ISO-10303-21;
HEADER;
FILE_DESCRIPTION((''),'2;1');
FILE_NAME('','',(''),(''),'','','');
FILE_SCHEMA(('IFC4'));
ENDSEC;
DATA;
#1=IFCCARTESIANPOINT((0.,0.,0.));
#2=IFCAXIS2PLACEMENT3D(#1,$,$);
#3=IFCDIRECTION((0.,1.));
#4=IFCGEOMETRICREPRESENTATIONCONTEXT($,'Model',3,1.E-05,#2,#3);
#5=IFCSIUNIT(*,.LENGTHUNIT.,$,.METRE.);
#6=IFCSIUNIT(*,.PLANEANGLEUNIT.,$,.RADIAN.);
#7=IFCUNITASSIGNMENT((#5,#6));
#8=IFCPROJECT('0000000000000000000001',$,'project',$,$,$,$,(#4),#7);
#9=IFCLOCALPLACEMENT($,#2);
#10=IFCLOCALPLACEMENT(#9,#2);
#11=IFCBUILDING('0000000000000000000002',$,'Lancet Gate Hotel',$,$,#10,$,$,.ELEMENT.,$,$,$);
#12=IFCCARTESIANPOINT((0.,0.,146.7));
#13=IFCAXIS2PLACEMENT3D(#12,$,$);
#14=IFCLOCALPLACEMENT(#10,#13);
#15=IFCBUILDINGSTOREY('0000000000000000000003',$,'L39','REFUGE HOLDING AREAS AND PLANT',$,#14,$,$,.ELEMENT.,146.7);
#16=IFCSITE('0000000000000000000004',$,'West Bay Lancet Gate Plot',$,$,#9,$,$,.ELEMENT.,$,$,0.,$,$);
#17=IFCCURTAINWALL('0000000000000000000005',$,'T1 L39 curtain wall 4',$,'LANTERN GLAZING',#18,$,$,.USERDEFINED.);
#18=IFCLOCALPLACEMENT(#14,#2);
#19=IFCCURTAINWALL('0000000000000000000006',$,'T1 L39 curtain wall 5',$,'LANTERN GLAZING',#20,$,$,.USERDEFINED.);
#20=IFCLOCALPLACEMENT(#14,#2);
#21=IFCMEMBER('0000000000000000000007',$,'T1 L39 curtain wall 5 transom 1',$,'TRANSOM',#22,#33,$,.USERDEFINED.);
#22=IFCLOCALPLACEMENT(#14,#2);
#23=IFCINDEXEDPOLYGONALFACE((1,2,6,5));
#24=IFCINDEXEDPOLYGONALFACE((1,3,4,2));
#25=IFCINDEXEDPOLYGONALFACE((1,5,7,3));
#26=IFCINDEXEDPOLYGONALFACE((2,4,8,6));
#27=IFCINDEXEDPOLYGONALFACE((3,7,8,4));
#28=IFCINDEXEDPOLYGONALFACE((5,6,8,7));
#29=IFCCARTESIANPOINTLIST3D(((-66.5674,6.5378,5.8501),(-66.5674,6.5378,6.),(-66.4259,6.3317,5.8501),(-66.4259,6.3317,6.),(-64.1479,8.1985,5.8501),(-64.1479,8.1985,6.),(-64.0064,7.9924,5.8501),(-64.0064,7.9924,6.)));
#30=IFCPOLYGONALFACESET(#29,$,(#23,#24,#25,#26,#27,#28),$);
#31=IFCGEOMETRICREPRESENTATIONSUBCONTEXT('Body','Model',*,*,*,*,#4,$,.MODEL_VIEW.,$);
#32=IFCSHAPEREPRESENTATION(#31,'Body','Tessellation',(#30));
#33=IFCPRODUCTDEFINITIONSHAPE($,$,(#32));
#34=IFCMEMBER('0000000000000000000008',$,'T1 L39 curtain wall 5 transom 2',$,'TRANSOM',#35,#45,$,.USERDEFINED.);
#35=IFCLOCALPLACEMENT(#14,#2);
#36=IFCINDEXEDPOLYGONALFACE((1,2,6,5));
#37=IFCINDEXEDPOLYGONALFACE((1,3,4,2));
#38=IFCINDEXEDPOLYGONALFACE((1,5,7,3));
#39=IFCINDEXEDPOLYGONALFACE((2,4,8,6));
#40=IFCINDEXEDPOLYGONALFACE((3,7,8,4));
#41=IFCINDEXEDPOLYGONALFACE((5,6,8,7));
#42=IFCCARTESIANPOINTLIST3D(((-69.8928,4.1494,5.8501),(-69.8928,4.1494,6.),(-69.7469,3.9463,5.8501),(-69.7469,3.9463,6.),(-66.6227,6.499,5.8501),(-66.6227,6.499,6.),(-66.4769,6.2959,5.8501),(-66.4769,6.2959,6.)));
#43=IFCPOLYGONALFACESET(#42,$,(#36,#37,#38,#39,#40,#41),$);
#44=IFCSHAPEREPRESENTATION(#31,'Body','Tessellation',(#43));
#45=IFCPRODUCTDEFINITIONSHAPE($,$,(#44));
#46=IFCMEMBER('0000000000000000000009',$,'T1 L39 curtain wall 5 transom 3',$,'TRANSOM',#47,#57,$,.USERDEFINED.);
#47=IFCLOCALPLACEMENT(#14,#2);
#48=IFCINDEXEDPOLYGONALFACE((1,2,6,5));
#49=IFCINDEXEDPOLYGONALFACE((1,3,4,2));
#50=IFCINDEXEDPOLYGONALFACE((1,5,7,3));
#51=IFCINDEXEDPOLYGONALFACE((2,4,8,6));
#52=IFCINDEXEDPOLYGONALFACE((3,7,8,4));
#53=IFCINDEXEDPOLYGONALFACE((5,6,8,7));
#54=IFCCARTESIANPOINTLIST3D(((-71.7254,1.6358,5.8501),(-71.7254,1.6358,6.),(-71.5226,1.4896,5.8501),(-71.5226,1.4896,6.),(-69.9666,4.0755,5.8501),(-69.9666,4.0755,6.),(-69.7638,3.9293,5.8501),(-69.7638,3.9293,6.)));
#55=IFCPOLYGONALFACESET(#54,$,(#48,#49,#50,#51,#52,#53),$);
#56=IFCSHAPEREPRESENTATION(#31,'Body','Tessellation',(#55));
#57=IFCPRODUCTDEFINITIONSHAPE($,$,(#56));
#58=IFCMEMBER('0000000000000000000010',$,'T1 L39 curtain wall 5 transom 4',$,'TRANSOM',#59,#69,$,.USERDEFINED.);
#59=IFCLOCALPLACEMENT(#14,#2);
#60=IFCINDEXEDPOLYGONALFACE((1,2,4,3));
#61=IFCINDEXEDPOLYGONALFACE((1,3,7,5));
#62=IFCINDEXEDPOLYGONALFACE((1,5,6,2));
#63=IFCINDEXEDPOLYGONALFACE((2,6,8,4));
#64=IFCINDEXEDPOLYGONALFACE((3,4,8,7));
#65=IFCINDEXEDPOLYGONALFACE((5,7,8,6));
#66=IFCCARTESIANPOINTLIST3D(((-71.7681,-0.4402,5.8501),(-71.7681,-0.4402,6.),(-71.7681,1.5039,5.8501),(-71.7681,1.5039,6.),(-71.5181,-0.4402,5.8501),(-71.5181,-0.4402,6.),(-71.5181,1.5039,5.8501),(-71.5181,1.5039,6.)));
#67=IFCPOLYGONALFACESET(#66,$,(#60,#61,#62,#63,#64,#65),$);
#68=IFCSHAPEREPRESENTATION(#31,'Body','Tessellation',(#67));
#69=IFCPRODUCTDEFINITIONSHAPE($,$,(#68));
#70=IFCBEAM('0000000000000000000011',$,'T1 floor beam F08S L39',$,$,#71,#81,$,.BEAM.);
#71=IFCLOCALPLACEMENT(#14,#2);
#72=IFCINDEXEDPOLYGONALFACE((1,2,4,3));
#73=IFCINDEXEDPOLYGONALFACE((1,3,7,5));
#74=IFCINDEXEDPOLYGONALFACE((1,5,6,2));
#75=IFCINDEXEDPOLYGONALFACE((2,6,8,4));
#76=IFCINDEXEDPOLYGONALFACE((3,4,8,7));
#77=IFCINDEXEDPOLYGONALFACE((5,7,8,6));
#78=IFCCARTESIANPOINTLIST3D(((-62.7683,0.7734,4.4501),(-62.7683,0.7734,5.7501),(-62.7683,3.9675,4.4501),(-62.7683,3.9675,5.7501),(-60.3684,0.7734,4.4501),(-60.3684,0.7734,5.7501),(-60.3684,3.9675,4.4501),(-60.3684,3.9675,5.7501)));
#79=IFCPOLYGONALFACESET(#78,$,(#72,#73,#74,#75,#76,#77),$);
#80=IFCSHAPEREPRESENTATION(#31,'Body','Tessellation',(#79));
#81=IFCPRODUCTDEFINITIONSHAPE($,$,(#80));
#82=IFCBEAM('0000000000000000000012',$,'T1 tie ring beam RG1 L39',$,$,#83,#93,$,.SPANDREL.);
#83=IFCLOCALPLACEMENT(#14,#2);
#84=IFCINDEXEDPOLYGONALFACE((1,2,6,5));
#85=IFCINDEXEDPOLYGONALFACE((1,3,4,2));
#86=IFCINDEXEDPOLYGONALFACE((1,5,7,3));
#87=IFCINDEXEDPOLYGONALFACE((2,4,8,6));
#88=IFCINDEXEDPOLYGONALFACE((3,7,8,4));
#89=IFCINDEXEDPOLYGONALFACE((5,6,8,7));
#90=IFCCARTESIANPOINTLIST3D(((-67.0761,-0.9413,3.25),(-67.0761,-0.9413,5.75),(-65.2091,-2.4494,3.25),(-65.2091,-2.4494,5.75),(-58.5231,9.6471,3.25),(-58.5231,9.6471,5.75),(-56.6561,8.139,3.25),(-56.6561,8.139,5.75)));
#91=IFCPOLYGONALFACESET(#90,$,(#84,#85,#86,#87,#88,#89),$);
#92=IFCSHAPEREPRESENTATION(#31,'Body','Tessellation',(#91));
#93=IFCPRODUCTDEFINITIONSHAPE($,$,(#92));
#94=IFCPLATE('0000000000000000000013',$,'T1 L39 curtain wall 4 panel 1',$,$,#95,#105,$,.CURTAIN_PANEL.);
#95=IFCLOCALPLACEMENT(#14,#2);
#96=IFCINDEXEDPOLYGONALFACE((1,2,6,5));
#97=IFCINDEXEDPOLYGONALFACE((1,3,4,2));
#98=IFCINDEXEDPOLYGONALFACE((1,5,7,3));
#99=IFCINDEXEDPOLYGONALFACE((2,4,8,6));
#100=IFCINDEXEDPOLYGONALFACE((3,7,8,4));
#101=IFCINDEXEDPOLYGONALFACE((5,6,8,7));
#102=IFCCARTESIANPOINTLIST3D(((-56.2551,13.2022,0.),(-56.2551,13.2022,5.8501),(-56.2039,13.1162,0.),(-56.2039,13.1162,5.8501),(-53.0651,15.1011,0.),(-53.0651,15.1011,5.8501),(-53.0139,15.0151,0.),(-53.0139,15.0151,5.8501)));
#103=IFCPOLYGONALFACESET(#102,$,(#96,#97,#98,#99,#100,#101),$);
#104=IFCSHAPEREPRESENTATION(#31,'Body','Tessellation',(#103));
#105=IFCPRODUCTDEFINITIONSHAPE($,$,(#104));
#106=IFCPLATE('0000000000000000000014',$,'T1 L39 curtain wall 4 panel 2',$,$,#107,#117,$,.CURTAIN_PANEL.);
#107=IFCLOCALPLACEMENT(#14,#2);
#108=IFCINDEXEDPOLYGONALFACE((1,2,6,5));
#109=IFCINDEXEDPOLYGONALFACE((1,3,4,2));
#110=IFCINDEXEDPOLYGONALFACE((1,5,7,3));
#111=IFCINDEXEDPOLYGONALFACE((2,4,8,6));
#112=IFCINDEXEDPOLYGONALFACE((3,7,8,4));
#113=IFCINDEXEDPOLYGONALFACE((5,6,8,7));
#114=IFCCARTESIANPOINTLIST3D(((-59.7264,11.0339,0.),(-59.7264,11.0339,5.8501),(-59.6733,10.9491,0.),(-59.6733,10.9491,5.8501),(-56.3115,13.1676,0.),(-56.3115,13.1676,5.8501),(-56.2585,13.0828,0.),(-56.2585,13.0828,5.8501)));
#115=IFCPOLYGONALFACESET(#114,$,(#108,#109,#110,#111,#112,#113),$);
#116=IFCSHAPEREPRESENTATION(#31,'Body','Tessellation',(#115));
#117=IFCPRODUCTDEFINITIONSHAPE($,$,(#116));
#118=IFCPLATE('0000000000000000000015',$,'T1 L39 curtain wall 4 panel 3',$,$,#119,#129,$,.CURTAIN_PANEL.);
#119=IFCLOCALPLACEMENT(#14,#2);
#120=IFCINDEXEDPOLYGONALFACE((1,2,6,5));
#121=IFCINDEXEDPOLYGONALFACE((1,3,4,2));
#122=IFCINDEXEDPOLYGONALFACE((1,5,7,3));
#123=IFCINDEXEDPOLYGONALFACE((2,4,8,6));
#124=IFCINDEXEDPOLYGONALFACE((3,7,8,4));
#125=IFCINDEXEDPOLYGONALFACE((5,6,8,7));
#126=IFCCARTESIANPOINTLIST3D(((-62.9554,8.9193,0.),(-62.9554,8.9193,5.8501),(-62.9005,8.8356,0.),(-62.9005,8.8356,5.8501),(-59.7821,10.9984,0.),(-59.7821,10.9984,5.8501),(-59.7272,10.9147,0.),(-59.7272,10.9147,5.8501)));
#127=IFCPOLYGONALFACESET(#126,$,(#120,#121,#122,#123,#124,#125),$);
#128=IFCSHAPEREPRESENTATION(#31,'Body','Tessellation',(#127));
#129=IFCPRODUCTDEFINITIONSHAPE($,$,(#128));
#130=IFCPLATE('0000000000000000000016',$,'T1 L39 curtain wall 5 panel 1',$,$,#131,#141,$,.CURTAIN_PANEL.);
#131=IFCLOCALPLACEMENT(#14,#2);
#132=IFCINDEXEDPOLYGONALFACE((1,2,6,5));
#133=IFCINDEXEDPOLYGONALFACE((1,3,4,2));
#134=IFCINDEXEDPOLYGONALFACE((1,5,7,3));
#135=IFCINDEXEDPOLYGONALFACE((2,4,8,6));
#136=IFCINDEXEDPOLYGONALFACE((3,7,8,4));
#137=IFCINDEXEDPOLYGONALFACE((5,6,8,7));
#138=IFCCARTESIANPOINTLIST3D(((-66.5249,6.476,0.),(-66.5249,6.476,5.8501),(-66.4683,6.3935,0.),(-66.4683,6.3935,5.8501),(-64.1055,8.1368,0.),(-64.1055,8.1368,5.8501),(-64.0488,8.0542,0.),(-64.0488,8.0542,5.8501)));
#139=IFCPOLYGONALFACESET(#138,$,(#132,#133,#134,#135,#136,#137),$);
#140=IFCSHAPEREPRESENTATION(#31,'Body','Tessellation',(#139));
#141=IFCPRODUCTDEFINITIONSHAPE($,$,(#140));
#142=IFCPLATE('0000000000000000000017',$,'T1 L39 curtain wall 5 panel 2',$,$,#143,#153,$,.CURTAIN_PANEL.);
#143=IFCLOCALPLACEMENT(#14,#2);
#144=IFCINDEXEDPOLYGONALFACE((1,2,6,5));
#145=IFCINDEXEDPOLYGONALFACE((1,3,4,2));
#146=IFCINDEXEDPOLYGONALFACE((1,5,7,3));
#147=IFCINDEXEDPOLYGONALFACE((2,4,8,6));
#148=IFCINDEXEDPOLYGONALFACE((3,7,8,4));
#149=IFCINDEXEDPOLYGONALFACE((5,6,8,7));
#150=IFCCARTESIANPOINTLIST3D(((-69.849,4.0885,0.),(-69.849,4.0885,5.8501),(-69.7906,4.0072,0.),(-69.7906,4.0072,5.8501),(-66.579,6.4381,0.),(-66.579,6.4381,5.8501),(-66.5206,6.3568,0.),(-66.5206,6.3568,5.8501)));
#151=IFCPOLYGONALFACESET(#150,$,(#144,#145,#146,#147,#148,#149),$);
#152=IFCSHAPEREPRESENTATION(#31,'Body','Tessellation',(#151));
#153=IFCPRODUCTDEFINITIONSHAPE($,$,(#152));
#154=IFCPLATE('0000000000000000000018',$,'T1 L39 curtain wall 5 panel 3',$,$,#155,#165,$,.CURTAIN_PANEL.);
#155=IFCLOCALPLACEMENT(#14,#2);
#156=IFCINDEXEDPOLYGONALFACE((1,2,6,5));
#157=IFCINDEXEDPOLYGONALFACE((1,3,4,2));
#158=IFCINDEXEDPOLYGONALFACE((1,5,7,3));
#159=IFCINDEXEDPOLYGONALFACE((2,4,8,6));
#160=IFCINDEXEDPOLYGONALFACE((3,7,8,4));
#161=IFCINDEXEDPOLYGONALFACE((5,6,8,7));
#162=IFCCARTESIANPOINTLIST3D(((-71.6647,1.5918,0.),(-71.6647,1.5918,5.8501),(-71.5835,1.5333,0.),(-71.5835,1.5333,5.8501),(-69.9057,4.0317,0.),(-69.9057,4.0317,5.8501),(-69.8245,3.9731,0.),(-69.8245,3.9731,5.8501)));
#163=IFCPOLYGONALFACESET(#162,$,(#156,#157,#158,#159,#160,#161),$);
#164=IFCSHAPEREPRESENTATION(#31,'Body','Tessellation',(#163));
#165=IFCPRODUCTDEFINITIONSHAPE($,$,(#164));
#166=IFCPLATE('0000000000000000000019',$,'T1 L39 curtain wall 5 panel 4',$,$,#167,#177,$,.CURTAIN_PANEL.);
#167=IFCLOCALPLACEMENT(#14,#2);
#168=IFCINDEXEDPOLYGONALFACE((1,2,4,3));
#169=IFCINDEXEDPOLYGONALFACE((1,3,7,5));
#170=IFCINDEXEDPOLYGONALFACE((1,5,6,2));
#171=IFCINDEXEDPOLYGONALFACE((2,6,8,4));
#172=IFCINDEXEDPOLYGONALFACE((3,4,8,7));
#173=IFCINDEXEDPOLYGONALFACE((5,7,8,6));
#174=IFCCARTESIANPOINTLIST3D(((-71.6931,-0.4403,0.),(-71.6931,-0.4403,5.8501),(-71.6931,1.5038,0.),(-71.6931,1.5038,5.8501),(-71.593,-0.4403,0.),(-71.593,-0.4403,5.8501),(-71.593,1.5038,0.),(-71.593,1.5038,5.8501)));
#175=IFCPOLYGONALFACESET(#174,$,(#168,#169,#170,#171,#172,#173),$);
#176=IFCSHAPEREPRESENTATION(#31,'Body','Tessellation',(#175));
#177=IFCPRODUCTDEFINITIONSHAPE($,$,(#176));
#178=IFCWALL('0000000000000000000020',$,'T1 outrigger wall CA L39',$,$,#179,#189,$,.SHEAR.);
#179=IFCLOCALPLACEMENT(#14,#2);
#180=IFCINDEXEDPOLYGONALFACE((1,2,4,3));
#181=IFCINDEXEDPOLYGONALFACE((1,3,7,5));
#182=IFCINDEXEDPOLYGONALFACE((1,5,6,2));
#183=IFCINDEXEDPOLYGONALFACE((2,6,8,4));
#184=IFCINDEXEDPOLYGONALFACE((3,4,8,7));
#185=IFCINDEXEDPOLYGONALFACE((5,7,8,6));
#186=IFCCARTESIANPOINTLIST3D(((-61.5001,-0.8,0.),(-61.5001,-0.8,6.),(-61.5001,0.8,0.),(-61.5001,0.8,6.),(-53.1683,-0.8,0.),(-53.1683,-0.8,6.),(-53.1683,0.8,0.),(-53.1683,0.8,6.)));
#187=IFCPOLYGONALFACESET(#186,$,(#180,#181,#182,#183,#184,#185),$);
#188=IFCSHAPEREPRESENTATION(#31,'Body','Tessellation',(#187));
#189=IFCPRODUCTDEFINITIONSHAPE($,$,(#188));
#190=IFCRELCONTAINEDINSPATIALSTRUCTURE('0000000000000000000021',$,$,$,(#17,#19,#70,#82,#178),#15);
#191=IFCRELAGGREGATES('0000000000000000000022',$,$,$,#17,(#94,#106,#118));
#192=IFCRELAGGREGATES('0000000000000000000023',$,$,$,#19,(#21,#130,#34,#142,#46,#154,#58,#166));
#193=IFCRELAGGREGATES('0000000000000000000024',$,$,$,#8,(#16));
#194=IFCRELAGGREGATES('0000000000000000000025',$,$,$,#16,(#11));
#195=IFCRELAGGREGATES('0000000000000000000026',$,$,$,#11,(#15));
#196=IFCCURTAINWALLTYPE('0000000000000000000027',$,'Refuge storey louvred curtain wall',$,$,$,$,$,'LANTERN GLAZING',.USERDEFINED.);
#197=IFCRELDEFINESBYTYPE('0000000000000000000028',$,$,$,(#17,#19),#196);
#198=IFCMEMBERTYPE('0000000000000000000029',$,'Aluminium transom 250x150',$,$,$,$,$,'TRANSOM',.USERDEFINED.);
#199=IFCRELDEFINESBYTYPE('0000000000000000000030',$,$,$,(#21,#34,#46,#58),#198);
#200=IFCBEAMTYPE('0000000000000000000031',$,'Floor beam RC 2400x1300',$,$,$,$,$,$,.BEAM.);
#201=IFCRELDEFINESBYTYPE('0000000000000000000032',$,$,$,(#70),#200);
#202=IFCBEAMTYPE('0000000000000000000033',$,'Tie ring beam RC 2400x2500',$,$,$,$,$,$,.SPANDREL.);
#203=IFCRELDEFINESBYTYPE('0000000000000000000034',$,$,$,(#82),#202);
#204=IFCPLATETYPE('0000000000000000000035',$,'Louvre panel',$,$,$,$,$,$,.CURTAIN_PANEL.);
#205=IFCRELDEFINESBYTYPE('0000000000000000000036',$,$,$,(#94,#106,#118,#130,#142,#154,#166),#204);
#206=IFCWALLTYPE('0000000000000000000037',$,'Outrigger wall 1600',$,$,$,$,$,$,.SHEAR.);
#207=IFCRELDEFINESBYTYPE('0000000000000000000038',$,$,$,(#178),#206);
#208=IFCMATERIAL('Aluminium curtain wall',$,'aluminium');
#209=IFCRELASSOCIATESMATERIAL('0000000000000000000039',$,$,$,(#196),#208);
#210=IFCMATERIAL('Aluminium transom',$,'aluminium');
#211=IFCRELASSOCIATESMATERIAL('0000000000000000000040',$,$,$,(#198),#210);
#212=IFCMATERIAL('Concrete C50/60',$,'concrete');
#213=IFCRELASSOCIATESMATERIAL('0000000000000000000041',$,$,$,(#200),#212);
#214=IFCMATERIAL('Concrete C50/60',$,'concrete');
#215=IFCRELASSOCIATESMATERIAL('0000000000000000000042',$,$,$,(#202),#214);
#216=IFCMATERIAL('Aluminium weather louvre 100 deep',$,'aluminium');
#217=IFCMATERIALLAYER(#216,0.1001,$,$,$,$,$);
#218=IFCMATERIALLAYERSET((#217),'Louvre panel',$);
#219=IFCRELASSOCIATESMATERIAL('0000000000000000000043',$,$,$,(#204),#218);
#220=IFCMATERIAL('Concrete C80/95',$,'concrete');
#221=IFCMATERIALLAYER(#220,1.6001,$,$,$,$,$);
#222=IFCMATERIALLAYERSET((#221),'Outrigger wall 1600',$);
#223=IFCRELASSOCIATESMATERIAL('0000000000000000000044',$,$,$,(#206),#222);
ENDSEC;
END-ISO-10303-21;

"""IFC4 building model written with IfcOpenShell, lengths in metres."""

from ifc_helpers import new_model, si_unit, direction, frame, frame_2d, origin, origin_2d, place, context, subcontext, project, spatial, rectangle, extrude, material, layer, layer_set, material_profile, profile_set, type_object, element, aggregate, save


model = new_model("IFC4")

# Units and contexts
model_context = context("Model", 3, precision=1e-05, world=origin(), true_north=direction((0.0, 1.0)))
body_context = subcontext(model_context, "Body", "Model", "MODEL_VIEW")
ifc_project = project(units=[si_unit("LENGTHUNIT", "METRE"), si_unit("PLANEANGLEUNIT", "RADIAN")], contexts=[model_context])

# Site, building, storey
site_placement = place(None, origin())
site = spatial("IfcSite", under=ifc_project, at=site_placement, Name="West Bay Lancet Gate Plot", CompositionType="ELEMENT", RefElevation=0.0)
building_placement = place(site_placement, origin())
building = spatial("IfcBuilding", under=site, at=building_placement, Name="Lancet Gate Hotel", CompositionType="ELEMENT")
storey_placement = place(building_placement, frame((0.0, 0.0, 146.7)))
storey = spatial("IfcBuildingStorey", under=building, at=storey_placement, Name="L39", Description="REFUGE HOLDING AREAS AND PLANT", CompositionType="ELEMENT", Elevation=146.7)

# Curtain walls
ifc_material_1 = material(Name="Aluminium curtain wall", Category="aluminium")
curtain_wall_type = type_object("IfcCurtainWallType", Name="Refuge storey louvred curtain wall", ElementType="LANTERN GLAZING", PredefinedType="USERDEFINED", material=ifc_material_1)
curtain_wall_1_placement = place(storey_placement, origin())
curtain_wall_1 = element("IfcCurtainWall", 1, at=curtain_wall_1_placement, inside=storey, type_object=curtain_wall_type, Name="T1 L39 curtain wall 4", ObjectType="LANTERN GLAZING", PredefinedType="USERDEFINED")
curtain_wall_2_placement = place(storey_placement, origin())
curtain_wall_2 = element("IfcCurtainWall", 2, at=curtain_wall_2_placement, inside=storey, type_object=curtain_wall_type, Name="T1 L39 curtain wall 5", ObjectType="LANTERN GLAZING", PredefinedType="USERDEFINED")

# Members
ifc_material_2 = material(Name="Aluminium transom", Category="aluminium")
ifc_material_profile_1 = material_profile(ifc_material_2, rectangle(XDim=0.25, YDim=0.1499, at=origin_2d()), Name="TRANSOM 250x150")
ifc_profile_set_1 = profile_set([ifc_material_profile_1], Name="Aluminium transom")
member_type_1 = type_object("IfcMemberType", Name="Aluminium transom 250x150", ElementType="TRANSOM", PredefinedType="USERDEFINED", material=ifc_profile_set_1)
member_1_placement = place(storey_placement, frame((-64.0771, 8.0955, 5.925), z_axis=(-0.824474, -0.5659, 0.0), x_axis=(0.5659, -0.824474, 0.0)))
member_1 = element("IfcMember", 3, at=member_1_placement, type_object=member_type_1, Name="T1 L39 curtain wall 5 transom 1", ObjectType="TRANSOM", PredefinedType="USERDEFINED", context=body_context, shape_type="SweptSolid", body=[
    extrude(rectangle(XDim=0.25, YDim=0.1499, at=origin_2d()), origin(), (0.0, 0.0, 1.0), 2.9346),
])
member_2_placement = place(storey_placement, frame((-66.5498, 6.3975, 5.925), z_axis=(-0.8121, -0.583519, 0.0), x_axis=(0.583519, -0.8121, 0.0)))
member_2 = element("IfcMember", 4, at=member_2_placement, type_object=member_type_1, Name="T1 L39 curtain wall 5 transom 2", ObjectType="TRANSOM", PredefinedType="USERDEFINED", context=body_context, shape_type="SweptSolid", body=[
    extrude(rectangle(XDim=0.25, YDim=0.1499, at=origin_2d()), origin(), (0.0, 0.0, 1.0), 4.0266),
])
member_3_placement = place(storey_placement, frame((-69.8652, 4.0024, 5.925), z_axis=(-0.584788, -0.811186, 0.0), x_axis=(0.811186, -0.584788, 0.0)))
member_3 = element("IfcMember", 5, at=member_3_placement, type_object=member_type_1, Name="T1 L39 curtain wall 5 transom 3", ObjectType="TRANSOM", PredefinedType="USERDEFINED", context=body_context, shape_type="SweptSolid", body=[
    extrude(rectangle(XDim=0.25, YDim=0.1499, at=origin_2d()), origin(), (0.0, 0.0, 1.0), 3.0076),
])
member_4_placement = place(storey_placement, frame((-71.6431, 1.5039, 5.925), z_axis=(0.0, -1.0, 0.0), x_axis=(1.0, 0.0, 0.0)))
member_4 = element("IfcMember", 6, at=member_4_placement, type_object=member_type_1, Name="T1 L39 curtain wall 5 transom 4", ObjectType="TRANSOM", PredefinedType="USERDEFINED", context=body_context, shape_type="SweptSolid", body=[
    extrude(rectangle(XDim=0.25, YDim=0.1499, at=origin_2d()), origin(), (0.0, 0.0, 1.0), 1.9441),
])

# Beams
ifc_material_3 = material(Name="Concrete C50/60", Category="concrete")
ifc_material_profile_2 = material_profile(ifc_material_3, rectangle(XDim=2.3999, YDim=1.3, at=origin_2d()), Name="RC 2400x1300")
ifc_profile_set_2 = profile_set([ifc_material_profile_2], Name="Concrete C50/60")
beam_type_1 = type_object("IfcBeamType", Name="Floor beam RC 2400x1300", PredefinedType="BEAM", material=ifc_profile_set_2)
beam_1_placement = place(storey_placement, frame((-61.5684, 3.9675, 5.1001), z_axis=(0.0, -1.0, 0.0), x_axis=(1.0, 0.0, 0.0)))
element("IfcBeam", 7, at=beam_1_placement, inside=storey, type_object=beam_type_1, Name="T1 floor beam F08S L39", PredefinedType="BEAM", context=body_context, shape_type="SweptSolid", body=[
    extrude(rectangle(XDim=2.3999, YDim=1.3, at=origin_2d()), origin(), (0.0, 0.0, 1.0), 3.1941),
])
ifc_material_4 = material(Name="Concrete C50/60", Category="concrete")
ifc_material_profile_3 = material_profile(ifc_material_4, rectangle(XDim=2.3999, YDim=2.5, at=origin_2d()), Name="RC 2400x2500")
ifc_profile_set_3 = profile_set([ifc_material_profile_3], Name="Concrete C50/60")
beam_type_2 = type_object("IfcBeamType", Name="Tie ring beam RC 2400x2500", PredefinedType="SPANDREL", material=ifc_profile_set_3)
beam_2_placement = place(storey_placement, frame((-57.5896, 8.8931, 4.5), z_axis=(-0.628374, -0.777912, 0.0), x_axis=(0.777912, -0.628374, 0.0)))
element("IfcBeam", 8, at=beam_2_placement, inside=storey, type_object=beam_type_2, Name="T1 tie ring beam RG1 L39", PredefinedType="SPANDREL", context=body_context, shape_type="SweptSolid", body=[
    extrude(rectangle(XDim=2.3999, YDim=2.5, at=origin_2d()), origin(), (0.0, 0.0, 1.0), 13.6113),
])

# Plates
ifc_material_5 = material(Name="Aluminium weather louvre 100 deep", Category="aluminium")
ifc_layer_1 = layer(ifc_material_5, 0.1001)
ifc_layer_set_1 = layer_set([ifc_layer_1], Name="Louvre panel")
plate_type = type_object("IfcPlateType", Name="Louvre panel", PredefinedType="CURTAIN_PANEL", material=ifc_layer_set_1)
plate_1_placement = place(storey_placement, frame((-54.6345, 14.1086, 0.0), z_axis=(0.0, 0.0, 1.0), x_axis=(-0.859271, -0.51152, 0.0)))
plate_1 = element("IfcPlate", 9, at=plate_1_placement, type_object=plate_type, Name="T1 L39 curtain wall 4 panel 1", PredefinedType="CURTAIN_PANEL", context=body_context, shape_type="SweptSolid", body=[
    extrude(rectangle(XDim=3.7124, YDim=0.1001, at=origin_2d()), origin(), (0.0, 0.0, 1.0), 5.8501),
])
plate_2_placement = place(storey_placement, frame((-57.9924, 12.0583, 0.0), z_axis=(0.0, 0.0, 1.0), x_axis=(-0.848061, -0.529899, 0.0)))
plate_2 = element("IfcPlate", 10, at=plate_2_placement, type_object=plate_type, Name="T1 L39 curtain wall 4 panel 2", PredefinedType="CURTAIN_PANEL", context=body_context, shape_type="SweptSolid", body=[
    extrude(rectangle(XDim=4.0266, YDim=0.1001, at=origin_2d()), origin(), (0.0, 0.0, 1.0), 5.8501),
])
plate_3_placement = place(storey_placement, frame((-61.3413, 9.917, 0.0), z_axis=(0.0, 0.0, 1.0), x_axis=(-0.836458, -0.548032, 0.0)))
plate_3 = element("IfcPlate", 11, at=plate_3_placement, type_object=plate_type, Name="T1 L39 curtain wall 4 panel 3", PredefinedType="CURTAIN_PANEL", context=body_context, shape_type="SweptSolid", body=[
    extrude(rectangle(XDim=3.7937, YDim=0.1001, at=origin_2d()), origin(), (0.0, 0.0, 1.0), 5.8501),
])
aggregate(curtain_wall_1, [plate_1, plate_2, plate_3])
plate_4_placement = place(storey_placement, frame((-65.2869, 7.2651, 0.0), z_axis=(0.0, 0.0, 1.0), x_axis=(-0.824466, -0.565911, 0.0)))
plate_4 = element("IfcPlate", 12, at=plate_4_placement, type_object=plate_type, Name="T1 L39 curtain wall 5 panel 1", PredefinedType="CURTAIN_PANEL", context=body_context, shape_type="SweptSolid", body=[
    extrude(rectangle(XDim=2.9346, YDim=0.1001, at=origin_2d()), origin(), (0.0, 0.0, 1.0), 5.8501),
])
plate_5_placement = place(storey_placement, frame((-68.1848, 5.2227, 0.0), z_axis=(0.0, 0.0, 1.0), x_axis=(-0.812093, -0.583528, 0.0)))
plate_5 = element("IfcPlate", 13, at=plate_5_placement, type_object=plate_type, Name="T1 L39 curtain wall 5 panel 2", PredefinedType="CURTAIN_PANEL", context=body_context, shape_type="SweptSolid", body=[
    extrude(rectangle(XDim=4.0266, YDim=0.1001, at=origin_2d()), origin(), (0.0, 0.0, 1.0), 5.8501),
])
plate_6_placement = place(storey_placement, frame((-70.7446, 2.7825, 0.0), z_axis=(0.0, 0.0, 1.0), x_axis=(-0.584809, -0.811171, 0.0)))
plate_6 = element("IfcPlate", 14, at=plate_6_placement, type_object=plate_type, Name="T1 L39 curtain wall 5 panel 3", PredefinedType="CURTAIN_PANEL", context=body_context, shape_type="SweptSolid", body=[
    extrude(rectangle(XDim=3.0078, YDim=0.1001, at=origin_2d()), origin(), (0.0, 0.0, 1.0), 5.8501),
])
plate_7_placement = place(storey_placement, frame((-71.6431, 0.5317, 0.0), z_axis=(0.0, 0.0, 1.0), x_axis=(0.0, -1.0, 0.0)))
plate_7 = element("IfcPlate", 15, at=plate_7_placement, type_object=plate_type, Name="T1 L39 curtain wall 5 panel 4", PredefinedType="CURTAIN_PANEL", context=body_context, shape_type="SweptSolid", body=[
    extrude(rectangle(XDim=1.9441, YDim=0.1001, at=origin_2d()), origin(), (0.0, 0.0, 1.0), 5.8501),
])
aggregate(curtain_wall_2, [member_1, plate_4, member_2, plate_5, member_3, plate_6, member_4, plate_7])

# Wall
ifc_material_6 = material(Name="Concrete C80/95", Category="concrete")
ifc_layer_2 = layer(ifc_material_6, 1.6001)
ifc_layer_set_2 = layer_set([ifc_layer_2], Name="Outrigger wall 1600")
wall_type_1 = type_object("IfcWallType", Name="Outrigger wall 1600", PredefinedType="SHEAR", material=ifc_layer_set_2)
wall_1_placement = place(storey_placement, frame((-53.1682, 0.0, 0.0), z_axis=(0.0, 0.0, 1.0), x_axis=(-1.0, 0.0, 0.0)))
element("IfcWall", 16, at=wall_1_placement, inside=storey, type_object=wall_type_1, Name="T1 outrigger wall CA L39", PredefinedType="SHEAR", context=body_context, shape_type="SweptSolid", body=[
    extrude(rectangle(XDim=8.3318, YDim=1.6001, at=frame_2d((4.166, 0.0))), origin(), (0.0, 0.0, 1.0), 6.0),
])

save(model, "model.ifc")
